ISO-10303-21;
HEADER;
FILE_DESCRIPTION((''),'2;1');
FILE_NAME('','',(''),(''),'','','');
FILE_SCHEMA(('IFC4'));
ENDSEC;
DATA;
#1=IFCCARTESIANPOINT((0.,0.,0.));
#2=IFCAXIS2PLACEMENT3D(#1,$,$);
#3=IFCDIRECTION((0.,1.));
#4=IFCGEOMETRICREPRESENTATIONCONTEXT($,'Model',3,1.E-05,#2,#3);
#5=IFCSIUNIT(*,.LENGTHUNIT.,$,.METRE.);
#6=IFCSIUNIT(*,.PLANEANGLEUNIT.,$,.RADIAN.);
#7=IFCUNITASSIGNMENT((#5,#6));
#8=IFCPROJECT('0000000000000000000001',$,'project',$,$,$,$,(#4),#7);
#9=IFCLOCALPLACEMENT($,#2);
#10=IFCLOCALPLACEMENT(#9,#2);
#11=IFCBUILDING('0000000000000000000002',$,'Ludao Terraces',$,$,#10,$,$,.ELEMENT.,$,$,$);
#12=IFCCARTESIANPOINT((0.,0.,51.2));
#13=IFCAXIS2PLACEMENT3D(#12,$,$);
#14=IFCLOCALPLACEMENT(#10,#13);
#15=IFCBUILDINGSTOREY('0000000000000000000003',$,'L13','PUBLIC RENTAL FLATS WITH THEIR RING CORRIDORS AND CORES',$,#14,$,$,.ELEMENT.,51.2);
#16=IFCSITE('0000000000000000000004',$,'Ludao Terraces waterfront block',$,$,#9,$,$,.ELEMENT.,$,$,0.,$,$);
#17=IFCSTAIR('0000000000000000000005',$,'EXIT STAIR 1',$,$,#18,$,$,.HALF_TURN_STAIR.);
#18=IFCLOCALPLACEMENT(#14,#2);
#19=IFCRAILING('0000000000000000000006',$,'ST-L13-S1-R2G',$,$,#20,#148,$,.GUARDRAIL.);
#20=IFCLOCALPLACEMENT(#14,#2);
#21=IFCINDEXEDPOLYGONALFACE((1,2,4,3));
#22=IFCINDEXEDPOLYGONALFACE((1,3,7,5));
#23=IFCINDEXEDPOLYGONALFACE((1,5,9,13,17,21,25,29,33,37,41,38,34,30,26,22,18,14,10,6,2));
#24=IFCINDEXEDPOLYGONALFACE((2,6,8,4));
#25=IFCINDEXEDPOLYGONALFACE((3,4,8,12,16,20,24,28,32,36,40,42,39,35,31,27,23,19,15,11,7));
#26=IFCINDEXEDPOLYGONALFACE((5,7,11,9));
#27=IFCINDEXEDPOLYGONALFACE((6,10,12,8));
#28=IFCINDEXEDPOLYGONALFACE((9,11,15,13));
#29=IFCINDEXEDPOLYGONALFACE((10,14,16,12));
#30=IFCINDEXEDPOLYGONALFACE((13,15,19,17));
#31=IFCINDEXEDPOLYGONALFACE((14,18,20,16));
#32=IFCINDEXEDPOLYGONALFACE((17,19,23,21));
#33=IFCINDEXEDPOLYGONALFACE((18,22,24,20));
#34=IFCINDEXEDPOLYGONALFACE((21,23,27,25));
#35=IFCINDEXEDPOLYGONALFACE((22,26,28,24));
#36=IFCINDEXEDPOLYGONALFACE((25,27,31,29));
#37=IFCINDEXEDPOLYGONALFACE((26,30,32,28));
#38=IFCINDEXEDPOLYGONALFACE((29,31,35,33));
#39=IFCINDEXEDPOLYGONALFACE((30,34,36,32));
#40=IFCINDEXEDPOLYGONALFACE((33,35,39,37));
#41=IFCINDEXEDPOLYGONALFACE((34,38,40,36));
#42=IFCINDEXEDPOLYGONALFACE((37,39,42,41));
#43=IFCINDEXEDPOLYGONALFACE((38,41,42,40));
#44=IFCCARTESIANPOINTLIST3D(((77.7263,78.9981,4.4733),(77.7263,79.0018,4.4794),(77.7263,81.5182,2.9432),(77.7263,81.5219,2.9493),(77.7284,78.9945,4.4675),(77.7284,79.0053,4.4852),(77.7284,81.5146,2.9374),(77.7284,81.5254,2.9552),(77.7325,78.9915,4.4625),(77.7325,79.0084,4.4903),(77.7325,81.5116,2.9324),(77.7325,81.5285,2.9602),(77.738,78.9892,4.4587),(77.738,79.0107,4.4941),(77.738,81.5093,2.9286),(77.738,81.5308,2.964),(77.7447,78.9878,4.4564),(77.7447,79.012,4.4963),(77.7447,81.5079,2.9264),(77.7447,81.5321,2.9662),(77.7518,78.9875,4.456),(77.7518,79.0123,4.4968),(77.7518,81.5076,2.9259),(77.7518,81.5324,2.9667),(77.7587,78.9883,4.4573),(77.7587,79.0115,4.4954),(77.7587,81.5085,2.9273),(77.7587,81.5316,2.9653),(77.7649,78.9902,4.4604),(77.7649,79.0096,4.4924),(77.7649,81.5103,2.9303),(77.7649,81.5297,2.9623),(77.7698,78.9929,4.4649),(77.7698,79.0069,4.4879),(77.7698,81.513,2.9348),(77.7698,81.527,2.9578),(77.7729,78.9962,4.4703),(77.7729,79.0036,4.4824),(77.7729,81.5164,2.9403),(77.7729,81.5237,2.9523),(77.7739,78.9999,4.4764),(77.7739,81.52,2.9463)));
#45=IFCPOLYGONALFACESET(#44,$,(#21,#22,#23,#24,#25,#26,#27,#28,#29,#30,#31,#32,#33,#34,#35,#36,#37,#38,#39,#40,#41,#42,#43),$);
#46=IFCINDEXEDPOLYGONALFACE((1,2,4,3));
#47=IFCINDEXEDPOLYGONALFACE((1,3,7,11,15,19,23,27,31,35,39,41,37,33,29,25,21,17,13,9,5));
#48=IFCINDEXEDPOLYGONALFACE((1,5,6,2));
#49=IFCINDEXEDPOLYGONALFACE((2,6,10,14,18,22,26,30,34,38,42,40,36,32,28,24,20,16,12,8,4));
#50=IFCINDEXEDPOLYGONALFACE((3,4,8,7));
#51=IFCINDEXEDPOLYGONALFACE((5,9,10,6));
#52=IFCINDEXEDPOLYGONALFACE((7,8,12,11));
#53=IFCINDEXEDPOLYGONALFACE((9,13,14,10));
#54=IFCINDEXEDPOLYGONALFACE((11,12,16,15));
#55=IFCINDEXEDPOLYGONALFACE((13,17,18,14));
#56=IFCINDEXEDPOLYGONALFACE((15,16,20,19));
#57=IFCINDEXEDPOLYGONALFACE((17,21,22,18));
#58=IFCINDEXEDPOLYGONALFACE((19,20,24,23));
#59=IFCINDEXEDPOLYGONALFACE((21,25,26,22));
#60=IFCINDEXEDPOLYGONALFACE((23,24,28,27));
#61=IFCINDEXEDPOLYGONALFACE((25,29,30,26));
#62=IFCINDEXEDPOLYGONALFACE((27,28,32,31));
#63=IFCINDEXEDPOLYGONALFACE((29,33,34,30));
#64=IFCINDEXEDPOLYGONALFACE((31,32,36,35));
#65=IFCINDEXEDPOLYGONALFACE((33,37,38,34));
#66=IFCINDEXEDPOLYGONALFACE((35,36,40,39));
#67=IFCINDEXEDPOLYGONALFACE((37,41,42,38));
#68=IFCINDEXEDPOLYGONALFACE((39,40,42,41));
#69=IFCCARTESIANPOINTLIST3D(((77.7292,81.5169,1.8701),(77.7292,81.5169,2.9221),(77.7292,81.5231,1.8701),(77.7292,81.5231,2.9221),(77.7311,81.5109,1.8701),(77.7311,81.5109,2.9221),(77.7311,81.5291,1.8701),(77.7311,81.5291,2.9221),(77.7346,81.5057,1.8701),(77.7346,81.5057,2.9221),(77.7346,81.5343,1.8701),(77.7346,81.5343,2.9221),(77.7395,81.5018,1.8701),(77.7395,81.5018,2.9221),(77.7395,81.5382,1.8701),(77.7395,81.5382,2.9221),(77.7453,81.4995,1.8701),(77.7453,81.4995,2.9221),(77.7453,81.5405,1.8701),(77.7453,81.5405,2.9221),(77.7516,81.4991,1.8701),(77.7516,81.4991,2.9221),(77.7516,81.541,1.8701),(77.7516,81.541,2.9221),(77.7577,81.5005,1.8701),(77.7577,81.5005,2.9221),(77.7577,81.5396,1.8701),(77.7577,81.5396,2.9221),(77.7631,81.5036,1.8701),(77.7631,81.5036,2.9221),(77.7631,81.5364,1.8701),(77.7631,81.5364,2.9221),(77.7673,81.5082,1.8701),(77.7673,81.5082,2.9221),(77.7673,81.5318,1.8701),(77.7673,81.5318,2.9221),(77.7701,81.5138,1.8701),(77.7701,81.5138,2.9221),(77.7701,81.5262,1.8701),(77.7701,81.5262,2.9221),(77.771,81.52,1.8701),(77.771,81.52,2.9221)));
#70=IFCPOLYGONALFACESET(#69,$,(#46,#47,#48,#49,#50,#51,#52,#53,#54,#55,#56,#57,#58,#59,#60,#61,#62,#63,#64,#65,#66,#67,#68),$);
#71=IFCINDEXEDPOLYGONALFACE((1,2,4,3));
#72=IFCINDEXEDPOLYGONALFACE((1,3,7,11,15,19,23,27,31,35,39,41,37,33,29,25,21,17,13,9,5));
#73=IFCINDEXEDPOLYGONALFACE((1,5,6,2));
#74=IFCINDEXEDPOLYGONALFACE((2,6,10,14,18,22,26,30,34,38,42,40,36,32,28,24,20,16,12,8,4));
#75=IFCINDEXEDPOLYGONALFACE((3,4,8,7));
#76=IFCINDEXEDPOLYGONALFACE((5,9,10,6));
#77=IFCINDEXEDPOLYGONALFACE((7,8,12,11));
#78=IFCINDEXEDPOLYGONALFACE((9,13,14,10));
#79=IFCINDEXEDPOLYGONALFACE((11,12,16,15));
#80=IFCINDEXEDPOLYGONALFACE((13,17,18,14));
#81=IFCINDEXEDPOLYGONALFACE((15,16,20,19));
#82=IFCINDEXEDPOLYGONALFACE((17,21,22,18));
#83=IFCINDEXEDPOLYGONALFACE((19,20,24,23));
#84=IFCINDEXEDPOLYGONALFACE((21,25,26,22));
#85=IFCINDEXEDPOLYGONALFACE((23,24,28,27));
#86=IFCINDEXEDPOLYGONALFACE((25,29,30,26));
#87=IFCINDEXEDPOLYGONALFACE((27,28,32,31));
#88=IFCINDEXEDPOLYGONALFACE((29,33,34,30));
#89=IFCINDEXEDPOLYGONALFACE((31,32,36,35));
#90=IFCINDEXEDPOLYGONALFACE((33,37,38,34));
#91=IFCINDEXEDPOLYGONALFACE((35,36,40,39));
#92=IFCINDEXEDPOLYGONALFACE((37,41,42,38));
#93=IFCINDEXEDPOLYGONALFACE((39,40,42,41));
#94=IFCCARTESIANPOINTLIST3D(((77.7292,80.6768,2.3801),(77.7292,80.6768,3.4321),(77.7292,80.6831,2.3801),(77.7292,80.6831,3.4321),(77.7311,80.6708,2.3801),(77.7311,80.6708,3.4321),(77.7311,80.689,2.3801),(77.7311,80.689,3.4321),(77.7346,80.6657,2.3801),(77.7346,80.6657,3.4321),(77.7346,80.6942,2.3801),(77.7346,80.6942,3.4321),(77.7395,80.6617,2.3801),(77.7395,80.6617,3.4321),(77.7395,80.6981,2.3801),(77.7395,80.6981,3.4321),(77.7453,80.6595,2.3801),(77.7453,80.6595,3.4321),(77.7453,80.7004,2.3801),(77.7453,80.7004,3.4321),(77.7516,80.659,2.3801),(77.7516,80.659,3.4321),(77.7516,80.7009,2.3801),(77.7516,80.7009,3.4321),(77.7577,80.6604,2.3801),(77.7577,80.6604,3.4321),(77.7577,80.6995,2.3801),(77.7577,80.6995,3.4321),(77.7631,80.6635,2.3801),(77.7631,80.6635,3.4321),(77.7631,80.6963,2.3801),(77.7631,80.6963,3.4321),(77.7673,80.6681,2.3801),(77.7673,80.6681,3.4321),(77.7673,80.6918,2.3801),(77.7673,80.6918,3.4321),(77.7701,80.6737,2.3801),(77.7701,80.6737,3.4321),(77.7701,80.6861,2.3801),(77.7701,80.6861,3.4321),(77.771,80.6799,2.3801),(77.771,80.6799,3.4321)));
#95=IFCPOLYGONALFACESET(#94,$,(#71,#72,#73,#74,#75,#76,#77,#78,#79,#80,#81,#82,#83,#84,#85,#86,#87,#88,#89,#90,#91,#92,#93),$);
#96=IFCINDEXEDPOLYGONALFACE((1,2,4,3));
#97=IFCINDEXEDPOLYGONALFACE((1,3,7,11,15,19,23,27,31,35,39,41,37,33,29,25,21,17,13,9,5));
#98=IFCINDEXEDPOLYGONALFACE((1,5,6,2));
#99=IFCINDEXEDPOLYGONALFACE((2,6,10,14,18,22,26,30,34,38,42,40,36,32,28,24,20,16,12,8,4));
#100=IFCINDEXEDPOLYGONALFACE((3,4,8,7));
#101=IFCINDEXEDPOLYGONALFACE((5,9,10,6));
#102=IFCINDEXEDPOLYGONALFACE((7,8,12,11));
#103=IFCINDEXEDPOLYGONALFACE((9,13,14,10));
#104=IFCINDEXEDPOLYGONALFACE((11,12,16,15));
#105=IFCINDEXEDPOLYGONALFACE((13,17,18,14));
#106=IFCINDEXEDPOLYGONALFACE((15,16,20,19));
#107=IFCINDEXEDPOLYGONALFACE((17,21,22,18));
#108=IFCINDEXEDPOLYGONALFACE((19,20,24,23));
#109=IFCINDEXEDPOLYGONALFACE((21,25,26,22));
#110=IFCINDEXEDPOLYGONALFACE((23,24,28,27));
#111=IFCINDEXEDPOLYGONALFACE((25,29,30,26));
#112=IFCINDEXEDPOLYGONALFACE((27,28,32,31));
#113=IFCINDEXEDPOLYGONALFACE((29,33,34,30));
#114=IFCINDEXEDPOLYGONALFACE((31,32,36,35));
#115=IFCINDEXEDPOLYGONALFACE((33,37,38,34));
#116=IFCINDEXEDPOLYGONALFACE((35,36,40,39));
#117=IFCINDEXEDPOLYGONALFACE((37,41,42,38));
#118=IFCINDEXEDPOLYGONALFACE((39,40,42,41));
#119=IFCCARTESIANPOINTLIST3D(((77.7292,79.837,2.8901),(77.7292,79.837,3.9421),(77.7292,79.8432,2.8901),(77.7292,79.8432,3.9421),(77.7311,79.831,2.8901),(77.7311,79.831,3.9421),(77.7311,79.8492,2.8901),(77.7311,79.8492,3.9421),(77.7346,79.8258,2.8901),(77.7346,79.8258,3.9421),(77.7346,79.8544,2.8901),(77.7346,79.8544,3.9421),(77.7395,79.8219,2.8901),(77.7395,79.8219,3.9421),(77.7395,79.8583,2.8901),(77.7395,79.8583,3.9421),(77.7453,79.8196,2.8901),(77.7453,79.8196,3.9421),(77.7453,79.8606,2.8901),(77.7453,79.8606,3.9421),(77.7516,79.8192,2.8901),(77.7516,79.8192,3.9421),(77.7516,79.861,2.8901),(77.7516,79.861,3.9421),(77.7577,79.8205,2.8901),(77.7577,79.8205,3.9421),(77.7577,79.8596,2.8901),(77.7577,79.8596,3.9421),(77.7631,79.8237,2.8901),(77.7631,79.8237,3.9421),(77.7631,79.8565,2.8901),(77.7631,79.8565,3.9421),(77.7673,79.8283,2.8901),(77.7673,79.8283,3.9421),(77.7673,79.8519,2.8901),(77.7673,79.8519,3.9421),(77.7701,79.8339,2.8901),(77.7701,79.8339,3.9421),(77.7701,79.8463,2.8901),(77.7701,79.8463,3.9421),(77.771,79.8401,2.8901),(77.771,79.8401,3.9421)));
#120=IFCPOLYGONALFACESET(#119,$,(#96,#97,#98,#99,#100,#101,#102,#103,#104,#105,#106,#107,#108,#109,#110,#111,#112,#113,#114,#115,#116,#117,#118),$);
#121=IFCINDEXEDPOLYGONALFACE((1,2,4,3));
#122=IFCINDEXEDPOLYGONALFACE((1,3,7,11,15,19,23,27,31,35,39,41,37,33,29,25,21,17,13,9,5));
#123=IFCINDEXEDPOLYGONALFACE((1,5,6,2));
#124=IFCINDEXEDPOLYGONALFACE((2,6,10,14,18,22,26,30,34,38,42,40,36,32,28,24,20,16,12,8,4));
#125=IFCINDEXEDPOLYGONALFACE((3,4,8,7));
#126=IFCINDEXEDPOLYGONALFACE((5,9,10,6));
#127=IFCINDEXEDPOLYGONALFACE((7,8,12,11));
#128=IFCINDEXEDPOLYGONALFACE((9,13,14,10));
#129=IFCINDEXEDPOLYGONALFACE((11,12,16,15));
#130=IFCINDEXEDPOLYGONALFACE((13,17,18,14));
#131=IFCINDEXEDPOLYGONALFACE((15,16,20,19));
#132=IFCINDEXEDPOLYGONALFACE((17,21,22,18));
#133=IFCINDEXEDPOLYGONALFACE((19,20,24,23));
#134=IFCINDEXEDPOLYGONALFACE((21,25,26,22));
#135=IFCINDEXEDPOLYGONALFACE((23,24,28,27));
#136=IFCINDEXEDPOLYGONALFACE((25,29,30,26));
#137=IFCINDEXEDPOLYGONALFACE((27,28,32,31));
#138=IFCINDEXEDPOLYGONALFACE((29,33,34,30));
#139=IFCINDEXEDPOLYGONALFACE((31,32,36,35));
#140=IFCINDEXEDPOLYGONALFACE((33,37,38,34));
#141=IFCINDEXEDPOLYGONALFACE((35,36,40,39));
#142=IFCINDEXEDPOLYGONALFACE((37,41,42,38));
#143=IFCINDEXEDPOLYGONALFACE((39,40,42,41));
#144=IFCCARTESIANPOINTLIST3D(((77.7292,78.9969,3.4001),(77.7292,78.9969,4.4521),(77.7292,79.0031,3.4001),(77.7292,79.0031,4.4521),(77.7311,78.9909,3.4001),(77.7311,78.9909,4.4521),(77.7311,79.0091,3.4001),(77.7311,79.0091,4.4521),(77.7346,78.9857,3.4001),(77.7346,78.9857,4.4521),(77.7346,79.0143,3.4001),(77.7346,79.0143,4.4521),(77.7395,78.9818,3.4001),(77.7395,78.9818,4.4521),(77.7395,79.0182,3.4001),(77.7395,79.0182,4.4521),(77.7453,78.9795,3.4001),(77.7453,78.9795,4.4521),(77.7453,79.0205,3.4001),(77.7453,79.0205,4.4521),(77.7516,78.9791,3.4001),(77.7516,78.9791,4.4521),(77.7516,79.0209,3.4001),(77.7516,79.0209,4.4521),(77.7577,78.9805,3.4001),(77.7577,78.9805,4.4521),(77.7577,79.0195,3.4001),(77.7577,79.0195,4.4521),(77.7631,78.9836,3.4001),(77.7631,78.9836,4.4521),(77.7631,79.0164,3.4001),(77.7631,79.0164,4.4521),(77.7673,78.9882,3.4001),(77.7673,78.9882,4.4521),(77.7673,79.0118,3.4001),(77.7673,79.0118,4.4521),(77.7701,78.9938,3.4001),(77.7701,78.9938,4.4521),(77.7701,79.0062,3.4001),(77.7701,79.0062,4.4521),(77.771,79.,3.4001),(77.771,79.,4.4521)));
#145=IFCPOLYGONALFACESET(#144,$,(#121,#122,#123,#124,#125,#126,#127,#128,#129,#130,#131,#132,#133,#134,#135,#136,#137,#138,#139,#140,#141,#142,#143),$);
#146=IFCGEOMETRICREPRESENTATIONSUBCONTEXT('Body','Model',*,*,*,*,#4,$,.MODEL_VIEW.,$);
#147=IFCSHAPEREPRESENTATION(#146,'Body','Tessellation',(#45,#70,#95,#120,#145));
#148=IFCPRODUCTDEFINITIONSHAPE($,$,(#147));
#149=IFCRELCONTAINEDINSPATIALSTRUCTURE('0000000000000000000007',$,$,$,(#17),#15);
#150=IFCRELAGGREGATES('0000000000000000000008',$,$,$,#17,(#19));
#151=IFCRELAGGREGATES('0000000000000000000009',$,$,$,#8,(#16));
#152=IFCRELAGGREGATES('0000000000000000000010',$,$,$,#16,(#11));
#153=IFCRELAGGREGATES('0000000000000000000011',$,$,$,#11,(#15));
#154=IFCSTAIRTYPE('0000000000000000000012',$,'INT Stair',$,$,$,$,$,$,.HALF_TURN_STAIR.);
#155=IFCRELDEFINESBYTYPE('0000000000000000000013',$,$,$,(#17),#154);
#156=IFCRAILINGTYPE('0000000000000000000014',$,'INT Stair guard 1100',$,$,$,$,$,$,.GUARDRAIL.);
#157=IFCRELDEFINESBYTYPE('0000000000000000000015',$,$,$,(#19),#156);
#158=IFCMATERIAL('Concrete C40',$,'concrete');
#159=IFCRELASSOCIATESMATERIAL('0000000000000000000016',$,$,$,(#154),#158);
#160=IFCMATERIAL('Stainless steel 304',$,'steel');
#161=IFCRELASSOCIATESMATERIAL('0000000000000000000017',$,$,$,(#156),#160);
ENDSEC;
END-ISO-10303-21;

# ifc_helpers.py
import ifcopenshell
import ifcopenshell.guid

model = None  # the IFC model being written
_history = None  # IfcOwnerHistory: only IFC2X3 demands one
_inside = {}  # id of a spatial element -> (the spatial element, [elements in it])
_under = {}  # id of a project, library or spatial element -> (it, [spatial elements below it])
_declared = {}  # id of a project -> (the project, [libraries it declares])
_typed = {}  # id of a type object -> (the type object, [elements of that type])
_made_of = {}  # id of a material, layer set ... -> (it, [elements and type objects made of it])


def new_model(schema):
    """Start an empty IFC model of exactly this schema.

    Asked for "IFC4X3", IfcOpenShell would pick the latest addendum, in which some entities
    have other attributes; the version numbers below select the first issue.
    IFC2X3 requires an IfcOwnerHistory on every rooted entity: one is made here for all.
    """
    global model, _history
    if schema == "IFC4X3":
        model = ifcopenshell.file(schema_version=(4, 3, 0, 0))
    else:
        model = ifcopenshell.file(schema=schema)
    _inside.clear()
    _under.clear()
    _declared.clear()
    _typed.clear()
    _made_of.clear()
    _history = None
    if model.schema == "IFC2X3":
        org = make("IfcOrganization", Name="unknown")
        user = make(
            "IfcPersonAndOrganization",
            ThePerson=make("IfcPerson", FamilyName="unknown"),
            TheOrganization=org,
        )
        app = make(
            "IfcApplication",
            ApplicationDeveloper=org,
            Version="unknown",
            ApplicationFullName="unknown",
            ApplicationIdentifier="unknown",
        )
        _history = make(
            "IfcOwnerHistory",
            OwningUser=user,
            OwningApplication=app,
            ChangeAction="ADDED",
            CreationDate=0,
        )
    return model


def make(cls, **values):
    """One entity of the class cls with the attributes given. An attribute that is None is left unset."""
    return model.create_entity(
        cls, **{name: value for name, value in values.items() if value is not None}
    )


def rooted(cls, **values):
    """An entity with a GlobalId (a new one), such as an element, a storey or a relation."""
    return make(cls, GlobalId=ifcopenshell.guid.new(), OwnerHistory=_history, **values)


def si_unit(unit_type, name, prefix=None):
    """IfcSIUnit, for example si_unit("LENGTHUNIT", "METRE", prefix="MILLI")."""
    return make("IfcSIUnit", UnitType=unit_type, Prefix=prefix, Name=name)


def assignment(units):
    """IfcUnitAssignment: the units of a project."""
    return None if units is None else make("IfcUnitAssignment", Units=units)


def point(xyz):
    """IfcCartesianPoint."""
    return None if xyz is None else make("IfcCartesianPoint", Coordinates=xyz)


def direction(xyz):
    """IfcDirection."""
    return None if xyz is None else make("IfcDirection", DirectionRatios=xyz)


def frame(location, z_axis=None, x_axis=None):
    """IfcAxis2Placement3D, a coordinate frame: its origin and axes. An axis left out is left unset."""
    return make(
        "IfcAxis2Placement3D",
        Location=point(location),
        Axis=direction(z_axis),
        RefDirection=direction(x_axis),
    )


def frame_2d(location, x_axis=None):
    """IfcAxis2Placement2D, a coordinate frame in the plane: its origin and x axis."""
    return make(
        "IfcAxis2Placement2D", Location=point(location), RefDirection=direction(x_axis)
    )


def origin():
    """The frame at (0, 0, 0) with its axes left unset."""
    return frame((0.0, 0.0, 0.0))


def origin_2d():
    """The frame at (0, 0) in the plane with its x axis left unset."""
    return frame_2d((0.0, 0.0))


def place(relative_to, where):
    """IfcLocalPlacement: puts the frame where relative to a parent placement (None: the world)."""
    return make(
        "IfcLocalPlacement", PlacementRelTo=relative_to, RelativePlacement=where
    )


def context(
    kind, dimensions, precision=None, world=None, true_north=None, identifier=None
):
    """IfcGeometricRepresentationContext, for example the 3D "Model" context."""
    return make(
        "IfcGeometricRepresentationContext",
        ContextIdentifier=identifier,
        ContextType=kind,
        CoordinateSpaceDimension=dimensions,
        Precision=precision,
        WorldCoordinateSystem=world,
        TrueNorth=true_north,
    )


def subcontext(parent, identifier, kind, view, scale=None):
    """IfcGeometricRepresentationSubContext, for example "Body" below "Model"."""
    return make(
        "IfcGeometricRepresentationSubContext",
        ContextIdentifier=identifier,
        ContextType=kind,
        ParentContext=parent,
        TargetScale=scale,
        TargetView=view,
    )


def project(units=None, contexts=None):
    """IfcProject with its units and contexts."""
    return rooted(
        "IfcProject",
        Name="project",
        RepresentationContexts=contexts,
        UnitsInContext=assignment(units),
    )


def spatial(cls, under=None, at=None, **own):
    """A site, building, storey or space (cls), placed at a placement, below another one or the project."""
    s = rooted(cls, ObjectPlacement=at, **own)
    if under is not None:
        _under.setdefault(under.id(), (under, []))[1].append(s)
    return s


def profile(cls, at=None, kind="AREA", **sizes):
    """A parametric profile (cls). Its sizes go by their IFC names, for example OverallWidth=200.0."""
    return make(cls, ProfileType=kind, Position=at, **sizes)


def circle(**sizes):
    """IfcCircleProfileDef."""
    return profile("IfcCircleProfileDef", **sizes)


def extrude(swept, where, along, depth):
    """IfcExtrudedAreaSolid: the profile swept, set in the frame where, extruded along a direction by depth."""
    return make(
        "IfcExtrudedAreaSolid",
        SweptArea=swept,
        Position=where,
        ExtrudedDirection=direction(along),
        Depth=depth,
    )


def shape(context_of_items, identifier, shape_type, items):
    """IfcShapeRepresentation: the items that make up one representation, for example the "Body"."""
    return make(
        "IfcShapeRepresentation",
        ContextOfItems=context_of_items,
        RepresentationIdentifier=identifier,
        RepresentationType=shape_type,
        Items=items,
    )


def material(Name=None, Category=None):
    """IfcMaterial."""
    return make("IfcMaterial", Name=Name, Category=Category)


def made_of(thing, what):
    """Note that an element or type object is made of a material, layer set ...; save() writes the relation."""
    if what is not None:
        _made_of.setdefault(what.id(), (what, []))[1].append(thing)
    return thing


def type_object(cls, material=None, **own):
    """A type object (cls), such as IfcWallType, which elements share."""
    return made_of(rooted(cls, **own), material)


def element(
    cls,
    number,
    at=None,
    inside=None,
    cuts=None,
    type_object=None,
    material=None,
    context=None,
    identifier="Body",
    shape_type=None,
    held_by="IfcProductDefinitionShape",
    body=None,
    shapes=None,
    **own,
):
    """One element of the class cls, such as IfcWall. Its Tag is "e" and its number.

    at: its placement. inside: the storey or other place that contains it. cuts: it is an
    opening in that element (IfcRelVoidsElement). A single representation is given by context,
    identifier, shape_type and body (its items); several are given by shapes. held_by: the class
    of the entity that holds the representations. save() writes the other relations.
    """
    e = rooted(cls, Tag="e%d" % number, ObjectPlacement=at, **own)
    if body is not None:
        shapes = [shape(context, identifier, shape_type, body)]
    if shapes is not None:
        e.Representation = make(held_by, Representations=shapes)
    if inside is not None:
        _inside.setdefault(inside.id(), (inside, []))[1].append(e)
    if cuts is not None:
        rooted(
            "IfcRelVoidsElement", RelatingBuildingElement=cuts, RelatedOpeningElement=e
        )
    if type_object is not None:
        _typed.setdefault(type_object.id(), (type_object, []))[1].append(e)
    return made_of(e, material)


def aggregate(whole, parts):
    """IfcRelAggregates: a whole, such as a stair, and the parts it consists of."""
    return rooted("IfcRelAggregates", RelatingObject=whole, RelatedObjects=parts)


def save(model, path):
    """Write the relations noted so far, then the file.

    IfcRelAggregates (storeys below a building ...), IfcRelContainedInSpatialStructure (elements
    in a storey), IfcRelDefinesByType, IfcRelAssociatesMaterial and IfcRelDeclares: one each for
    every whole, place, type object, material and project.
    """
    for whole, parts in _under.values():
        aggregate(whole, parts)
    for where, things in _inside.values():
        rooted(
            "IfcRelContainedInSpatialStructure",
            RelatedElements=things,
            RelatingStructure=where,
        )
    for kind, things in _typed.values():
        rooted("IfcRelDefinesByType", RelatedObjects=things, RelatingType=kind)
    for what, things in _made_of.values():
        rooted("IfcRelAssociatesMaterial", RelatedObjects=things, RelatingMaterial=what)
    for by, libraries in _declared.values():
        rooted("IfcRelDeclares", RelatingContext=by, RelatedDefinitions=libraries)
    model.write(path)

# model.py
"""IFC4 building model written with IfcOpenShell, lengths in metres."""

from ifc_helpers import new_model, si_unit, direction, frame, origin, origin_2d, place, context, subcontext, project, spatial, circle, extrude, material, type_object, element, aggregate, save


model = new_model("IFC4")

# Units and contexts
model_context = context("Model", 3, precision=1e-05, world=origin(), true_north=direction((0.0, 1.0)))
body_context = subcontext(model_context, "Body", "Model", "MODEL_VIEW")
ifc_project = project(units=[si_unit("LENGTHUNIT", "METRE"), si_unit("PLANEANGLEUNIT", "RADIAN")], contexts=[model_context])

# Site, building, storey
site_placement = place(None, origin())
site = spatial("IfcSite", under=ifc_project, at=site_placement, Name="Ludao Terraces waterfront block", CompositionType="ELEMENT", RefElevation=0.0)
building_placement = place(site_placement, origin())
building = spatial("IfcBuilding", under=site, at=building_placement, Name="Ludao Terraces", CompositionType="ELEMENT")
storey_placement = place(building_placement, frame((0.0, 0.0, 51.2)))
storey = spatial("IfcBuildingStorey", under=building, at=storey_placement, Name="L13", Description="PUBLIC RENTAL FLATS WITH THEIR RING CORRIDORS AND CORES", CompositionType="ELEMENT", Elevation=51.2)

# Shared definitions
ifc_material_1 = material(Name="Concrete C40", Category="concrete")

# Shared definitions
ifc_material_2 = material(Name="Stainless steel 304", Category="steel")

# Stair, railing
stair_type = type_object("IfcStairType", Name="INT Stair", PredefinedType="HALF_TURN_STAIR", material=ifc_material_1)
stair_placement = place(storey_placement, origin())
stair = element("IfcStair", 1, at=stair_placement, inside=storey, type_object=stair_type, Name="EXIT STAIR 1", PredefinedType="HALF_TURN_STAIR")
railing_type_1 = type_object("IfcRailingType", Name="INT Stair guard 1100", PredefinedType="GUARDRAIL", material=ifc_material_2)
railing_1_placement = place(storey_placement, frame((77.75, 81.52, 1.8701)))
railing_1 = element("IfcRailing", 2, at=railing_1_placement, type_object=railing_type_1, Name="ST-L13-S1-R2G", PredefinedType="GUARDRAIL", context=body_context, shape_type="SweptSolid", body=[
    extrude(circle(Radius=0.0239, at=origin_2d()), frame((0.0, 0.0, 1.0762), z_axis=(0.0, -0.854785, 0.518982), x_axis=(1.0, 0.0, 0.0)), (0.0, 0.0, 1.0), 2.9482),
    extrude(circle(Radius=0.021, at=origin_2d()), origin(), (0.0, 0.0, 1.0), 1.052),
    extrude(circle(Radius=0.021, at=origin_2d()), frame((0.0, -0.8401, 0.51)), (0.0, 0.0, 1.0), 1.052),
    extrude(circle(Radius=0.021, at=origin_2d()), frame((0.0, -1.6799, 1.02)), (0.0, 0.0, 1.0), 1.052),
    extrude(circle(Radius=0.021, at=origin_2d()), frame((0.0, -2.52, 1.53)), (0.0, 0.0, 1.0), 1.052),
])
aggregate(stair, [railing_1])

save(model, "model.ifc")
